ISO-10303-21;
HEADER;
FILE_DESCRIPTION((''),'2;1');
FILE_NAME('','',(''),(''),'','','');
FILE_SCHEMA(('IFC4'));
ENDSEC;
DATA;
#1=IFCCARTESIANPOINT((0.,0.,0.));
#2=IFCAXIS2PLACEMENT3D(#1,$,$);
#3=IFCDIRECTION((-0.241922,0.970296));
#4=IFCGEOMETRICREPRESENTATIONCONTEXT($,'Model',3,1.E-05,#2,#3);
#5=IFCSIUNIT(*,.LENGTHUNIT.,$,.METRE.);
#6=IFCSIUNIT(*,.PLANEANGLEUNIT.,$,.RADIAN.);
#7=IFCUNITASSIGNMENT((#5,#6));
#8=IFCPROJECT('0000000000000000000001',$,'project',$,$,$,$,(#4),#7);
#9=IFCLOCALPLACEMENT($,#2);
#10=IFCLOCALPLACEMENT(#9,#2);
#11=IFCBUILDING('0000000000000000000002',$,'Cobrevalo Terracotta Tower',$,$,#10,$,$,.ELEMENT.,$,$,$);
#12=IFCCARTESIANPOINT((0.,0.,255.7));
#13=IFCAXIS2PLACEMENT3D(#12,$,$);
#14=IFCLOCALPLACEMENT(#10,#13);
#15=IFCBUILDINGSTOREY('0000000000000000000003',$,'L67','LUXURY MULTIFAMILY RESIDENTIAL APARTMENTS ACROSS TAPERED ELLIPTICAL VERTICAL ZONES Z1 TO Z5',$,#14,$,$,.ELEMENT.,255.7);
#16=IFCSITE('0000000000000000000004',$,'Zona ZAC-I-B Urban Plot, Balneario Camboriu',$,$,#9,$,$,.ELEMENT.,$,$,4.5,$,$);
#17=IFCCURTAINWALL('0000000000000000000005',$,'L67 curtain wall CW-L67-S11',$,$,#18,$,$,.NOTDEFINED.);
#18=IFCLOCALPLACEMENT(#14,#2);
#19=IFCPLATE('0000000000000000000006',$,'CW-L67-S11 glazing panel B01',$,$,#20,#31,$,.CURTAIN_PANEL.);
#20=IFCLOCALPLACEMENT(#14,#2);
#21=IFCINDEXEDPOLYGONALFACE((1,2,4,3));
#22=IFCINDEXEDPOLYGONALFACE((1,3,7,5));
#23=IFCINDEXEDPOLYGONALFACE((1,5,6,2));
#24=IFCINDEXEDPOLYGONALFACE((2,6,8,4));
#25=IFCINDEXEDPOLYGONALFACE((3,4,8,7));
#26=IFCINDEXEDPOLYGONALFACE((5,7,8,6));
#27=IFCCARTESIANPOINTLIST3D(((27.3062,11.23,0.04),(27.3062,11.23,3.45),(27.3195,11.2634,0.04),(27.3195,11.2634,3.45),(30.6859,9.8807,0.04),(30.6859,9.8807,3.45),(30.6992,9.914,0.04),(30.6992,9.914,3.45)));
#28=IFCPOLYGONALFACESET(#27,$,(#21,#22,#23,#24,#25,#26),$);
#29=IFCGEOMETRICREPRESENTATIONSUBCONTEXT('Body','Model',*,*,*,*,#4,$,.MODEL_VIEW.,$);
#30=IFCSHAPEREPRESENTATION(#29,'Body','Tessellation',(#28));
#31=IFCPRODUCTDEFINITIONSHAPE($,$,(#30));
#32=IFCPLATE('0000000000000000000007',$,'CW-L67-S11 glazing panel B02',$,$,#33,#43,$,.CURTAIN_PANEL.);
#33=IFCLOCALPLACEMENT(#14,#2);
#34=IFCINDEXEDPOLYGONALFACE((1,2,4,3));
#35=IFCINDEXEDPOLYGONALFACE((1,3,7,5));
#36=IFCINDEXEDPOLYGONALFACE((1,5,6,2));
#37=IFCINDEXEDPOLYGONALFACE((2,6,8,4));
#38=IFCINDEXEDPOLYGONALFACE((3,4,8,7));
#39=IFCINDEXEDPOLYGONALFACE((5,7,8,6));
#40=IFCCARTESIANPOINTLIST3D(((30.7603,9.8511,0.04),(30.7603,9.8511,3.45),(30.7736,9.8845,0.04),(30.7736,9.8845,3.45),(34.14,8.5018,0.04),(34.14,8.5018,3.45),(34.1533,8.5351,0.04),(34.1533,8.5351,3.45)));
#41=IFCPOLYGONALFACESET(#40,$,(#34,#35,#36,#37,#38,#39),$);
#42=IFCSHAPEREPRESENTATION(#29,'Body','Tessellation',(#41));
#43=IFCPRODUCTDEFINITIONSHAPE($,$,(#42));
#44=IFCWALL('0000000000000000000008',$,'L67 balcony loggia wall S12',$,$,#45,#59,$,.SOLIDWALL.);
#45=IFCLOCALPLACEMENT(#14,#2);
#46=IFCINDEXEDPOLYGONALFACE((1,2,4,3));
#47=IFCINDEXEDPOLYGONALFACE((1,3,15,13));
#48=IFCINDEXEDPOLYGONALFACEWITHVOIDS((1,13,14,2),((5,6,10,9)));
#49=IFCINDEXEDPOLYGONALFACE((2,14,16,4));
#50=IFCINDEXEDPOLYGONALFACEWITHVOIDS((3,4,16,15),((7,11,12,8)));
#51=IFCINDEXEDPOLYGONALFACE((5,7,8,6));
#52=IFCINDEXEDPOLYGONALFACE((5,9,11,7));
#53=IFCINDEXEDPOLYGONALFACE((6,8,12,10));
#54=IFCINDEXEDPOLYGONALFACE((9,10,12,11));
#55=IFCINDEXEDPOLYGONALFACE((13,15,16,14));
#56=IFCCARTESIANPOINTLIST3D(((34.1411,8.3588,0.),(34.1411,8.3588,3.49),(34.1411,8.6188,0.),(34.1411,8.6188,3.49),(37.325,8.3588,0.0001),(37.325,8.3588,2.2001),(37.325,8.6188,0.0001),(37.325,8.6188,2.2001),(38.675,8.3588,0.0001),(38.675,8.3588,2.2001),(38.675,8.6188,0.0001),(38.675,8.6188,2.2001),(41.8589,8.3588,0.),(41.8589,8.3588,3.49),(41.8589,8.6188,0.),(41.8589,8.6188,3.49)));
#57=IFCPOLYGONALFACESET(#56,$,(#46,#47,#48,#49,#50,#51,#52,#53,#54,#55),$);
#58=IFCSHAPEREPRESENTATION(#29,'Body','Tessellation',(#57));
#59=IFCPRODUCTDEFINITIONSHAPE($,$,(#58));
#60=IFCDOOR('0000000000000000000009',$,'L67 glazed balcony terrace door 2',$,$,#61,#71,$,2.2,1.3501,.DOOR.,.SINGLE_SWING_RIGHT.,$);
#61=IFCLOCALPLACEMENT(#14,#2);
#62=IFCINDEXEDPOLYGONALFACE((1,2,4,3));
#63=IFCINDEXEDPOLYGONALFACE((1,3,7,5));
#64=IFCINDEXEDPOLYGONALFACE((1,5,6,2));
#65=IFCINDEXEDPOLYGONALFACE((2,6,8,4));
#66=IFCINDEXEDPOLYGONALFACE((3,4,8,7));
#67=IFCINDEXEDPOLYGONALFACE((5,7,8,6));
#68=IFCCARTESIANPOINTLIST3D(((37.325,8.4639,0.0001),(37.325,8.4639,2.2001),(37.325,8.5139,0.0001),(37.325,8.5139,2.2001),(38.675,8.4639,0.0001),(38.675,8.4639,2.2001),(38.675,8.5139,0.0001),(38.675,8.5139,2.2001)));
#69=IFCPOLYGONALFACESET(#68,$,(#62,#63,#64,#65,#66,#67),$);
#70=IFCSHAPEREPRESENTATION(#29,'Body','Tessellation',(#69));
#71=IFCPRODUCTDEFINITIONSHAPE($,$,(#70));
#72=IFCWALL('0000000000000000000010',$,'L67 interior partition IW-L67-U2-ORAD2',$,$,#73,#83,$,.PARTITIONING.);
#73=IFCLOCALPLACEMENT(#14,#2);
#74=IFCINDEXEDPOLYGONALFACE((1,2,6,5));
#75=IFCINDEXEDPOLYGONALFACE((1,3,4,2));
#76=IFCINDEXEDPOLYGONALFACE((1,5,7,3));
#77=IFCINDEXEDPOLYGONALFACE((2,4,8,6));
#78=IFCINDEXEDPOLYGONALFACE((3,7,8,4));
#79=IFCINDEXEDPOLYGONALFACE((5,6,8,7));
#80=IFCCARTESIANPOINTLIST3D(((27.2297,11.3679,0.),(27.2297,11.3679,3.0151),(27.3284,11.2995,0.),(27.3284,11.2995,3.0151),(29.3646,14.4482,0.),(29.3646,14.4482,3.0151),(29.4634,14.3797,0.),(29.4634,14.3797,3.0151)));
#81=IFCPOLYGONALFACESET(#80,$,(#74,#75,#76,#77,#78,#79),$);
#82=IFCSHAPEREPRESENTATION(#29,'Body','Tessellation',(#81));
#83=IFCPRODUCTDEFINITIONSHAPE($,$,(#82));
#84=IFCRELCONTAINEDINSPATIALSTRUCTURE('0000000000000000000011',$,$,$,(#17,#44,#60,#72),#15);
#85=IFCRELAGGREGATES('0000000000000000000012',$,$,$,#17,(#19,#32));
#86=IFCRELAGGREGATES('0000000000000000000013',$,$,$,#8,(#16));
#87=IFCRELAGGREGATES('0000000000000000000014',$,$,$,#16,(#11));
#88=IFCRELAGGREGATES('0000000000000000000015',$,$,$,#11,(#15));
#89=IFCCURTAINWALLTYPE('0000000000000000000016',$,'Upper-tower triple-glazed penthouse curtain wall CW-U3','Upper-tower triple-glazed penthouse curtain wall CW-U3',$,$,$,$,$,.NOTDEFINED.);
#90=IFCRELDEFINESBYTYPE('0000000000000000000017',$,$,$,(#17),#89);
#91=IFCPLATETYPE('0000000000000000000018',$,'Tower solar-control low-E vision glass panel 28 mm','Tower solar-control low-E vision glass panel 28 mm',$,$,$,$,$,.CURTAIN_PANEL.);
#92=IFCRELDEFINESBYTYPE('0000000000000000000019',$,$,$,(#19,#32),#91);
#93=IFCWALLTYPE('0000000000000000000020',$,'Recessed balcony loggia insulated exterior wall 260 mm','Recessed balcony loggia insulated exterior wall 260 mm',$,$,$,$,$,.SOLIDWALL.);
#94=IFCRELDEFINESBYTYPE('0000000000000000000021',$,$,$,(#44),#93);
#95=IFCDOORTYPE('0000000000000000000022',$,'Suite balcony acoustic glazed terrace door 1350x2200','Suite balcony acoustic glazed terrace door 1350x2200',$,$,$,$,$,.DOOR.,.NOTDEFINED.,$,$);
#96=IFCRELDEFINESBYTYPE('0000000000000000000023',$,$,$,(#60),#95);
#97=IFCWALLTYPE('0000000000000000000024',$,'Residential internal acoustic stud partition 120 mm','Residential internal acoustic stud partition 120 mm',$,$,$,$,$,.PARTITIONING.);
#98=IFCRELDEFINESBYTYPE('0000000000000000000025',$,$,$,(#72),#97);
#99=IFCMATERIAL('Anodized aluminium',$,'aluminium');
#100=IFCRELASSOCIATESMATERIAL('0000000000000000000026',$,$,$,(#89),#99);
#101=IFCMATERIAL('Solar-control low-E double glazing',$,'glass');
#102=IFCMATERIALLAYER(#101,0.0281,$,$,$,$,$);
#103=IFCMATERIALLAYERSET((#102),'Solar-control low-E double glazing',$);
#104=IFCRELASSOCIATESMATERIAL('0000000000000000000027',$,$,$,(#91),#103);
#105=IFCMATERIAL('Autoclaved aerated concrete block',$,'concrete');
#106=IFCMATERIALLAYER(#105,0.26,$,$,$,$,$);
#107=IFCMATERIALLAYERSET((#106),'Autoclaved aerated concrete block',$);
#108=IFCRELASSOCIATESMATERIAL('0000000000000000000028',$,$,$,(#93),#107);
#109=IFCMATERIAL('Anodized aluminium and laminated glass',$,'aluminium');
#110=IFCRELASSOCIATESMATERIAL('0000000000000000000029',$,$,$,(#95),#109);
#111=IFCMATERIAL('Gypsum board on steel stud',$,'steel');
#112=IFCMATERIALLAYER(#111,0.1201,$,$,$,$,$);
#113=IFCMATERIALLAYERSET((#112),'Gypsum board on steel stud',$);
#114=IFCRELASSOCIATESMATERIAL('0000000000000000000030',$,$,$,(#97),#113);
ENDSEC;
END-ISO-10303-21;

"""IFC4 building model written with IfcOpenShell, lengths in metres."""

from ifc_helpers import new_model, si_unit, direction, frame, frame_2d, origin, origin_2d, place, context, subcontext, project, spatial, rectangle, extrude, source, transform, mapped, material, layer, layer_set, type_object, element, fill, aggregate, save


model = new_model("IFC4")

# Units and contexts
model_context = context("Model", 3, precision=1e-05, world=origin(), true_north=direction((-0.241922, 0.970296)))
body_context = subcontext(model_context, "Body", "Model", "MODEL_VIEW")
ifc_project = project(units=[si_unit("LENGTHUNIT", "METRE"), si_unit("PLANEANGLEUNIT", "RADIAN")], contexts=[model_context])

# Site, building, storey
site_placement = place(None, origin())
site = spatial("IfcSite", under=ifc_project, at=site_placement, Name="Zona ZAC-I-B Urban Plot, Balneario Camboriu", CompositionType="ELEMENT", RefElevation=4.5)
building_placement = place(site_placement, origin())
building = spatial("IfcBuilding", under=site, at=building_placement, Name="Cobrevalo Terracotta Tower", CompositionType="ELEMENT")
storey_placement = place(building_placement, frame((0.0, 0.0, 255.7)))
storey = spatial("IfcBuildingStorey", under=building, at=storey_placement, Name="L67", Description="LUXURY MULTIFAMILY RESIDENTIAL APARTMENTS ACROSS TAPERED ELLIPTICAL VERTICAL ZONES Z1 TO Z5", CompositionType="ELEMENT", Elevation=255.7)

# Shared definitions
ifc_material_1 = material(Name="Anodized aluminium", Category="aluminium")
curtain_wall_type = type_object("IfcCurtainWallType", Name="Upper-tower triple-glazed penthouse curtain wall CW-U3", Description="Upper-tower triple-glazed penthouse curtain wall CW-U3", PredefinedType="NOTDEFINED", material=ifc_material_1)

# Curtain wall
curtain_wall_1_placement = place(storey_placement, origin())
curtain_wall_1 = element("IfcCurtainWall", 1, at=curtain_wall_1_placement, inside=storey, type_object=curtain_wall_type, Name="L67 curtain wall CW-L67-S11", PredefinedType="NOTDEFINED")

# Plates
ifc_material_2 = material(Name="Solar-control low-E double glazing", Category="glass")
ifc_layer_1 = layer(ifc_material_2, 0.0281)
ifc_layer_set_1 = layer_set([ifc_layer_1], Name="Solar-control low-E double glazing")
plate_type = type_object("IfcPlateType", Name="Tower solar-control low-E vision glass panel 28 mm", Description="Tower solar-control low-E vision glass panel 28 mm", PredefinedType="CURTAIN_PANEL", material=ifc_layer_set_1)
shared_shape_1 = source(origin(), body_context, "Body", "SweptSolid", [
    extrude(rectangle(XDim=3.6392, YDim=0.0359, at=origin_2d()), origin(), (0.0, 0.0, 1.0), 3.4099),
])
plate_1_placement = place(storey_placement, frame((29.0027, 10.572, 0.04), z_axis=(0.0, 0.0, 1.0), x_axis=(0.928718, -0.370786, 0.0)))
plate_1 = element("IfcPlate", 2, at=plate_1_placement, type_object=plate_type, Name="CW-L67-S11 glazing panel B01", PredefinedType="CURTAIN_PANEL", context=body_context, shape_type="MappedRepresentation", body=[
    mapped(shared_shape_1, transform((0.0, 0.0, 0.0), scale=1.0)),
])
plate_2_placement = place(storey_placement, frame((32.4568, 9.1931, 0.04), z_axis=(0.0, 0.0, 1.0), x_axis=(0.928718, -0.370786, 0.0)))
plate_2 = element("IfcPlate", 3, at=plate_2_placement, type_object=plate_type, Name="CW-L67-S11 glazing panel B02", PredefinedType="CURTAIN_PANEL", context=body_context, shape_type="MappedRepresentation", body=[
    mapped(shared_shape_1, transform((0.0, 0.0, 0.0), scale=1.0)),
])
aggregate(curtain_wall_1, [plate_1, plate_2])

# Wall, opening, door
ifc_material_3 = material(Name="Autoclaved aerated concrete block", Category="concrete")
ifc_layer_2 = layer(ifc_material_3, 0.26)
ifc_layer_set_2 = layer_set([ifc_layer_2], Name="Autoclaved aerated concrete block")
wall_type_1 = type_object("IfcWallType", Name="Recessed balcony loggia insulated exterior wall 260 mm", Description="Recessed balcony loggia insulated exterior wall 260 mm", PredefinedType="SOLIDWALL", material=ifc_layer_set_2)
wall_1_placement = place(storey_placement, frame((34.1411, 8.4888, 0.0), z_axis=(0.0, 0.0, 1.0), x_axis=(1.0, 0.0, 0.0)))
wall_1 = element("IfcWall", 4, at=wall_1_placement, inside=storey, type_object=wall_type_1, Name="L67 balcony loggia wall S12", PredefinedType="SOLIDWALL", context=body_context, shape_type="SweptSolid", body=[
    extrude(rectangle(XDim=7.7178, YDim=0.26, at=frame_2d((3.8589, 0.0))), origin(), (0.0, 0.0, 1.0), 3.49),
])
opening_placement = place(wall_1_placement, frame((3.1838, 0.0, 0.0)))
opening = element("IfcOpeningElement", 5, at=opening_placement, cuts=wall_1, PredefinedType="OPENING", context=body_context, shape_type="SweptSolid", body=[
    extrude(rectangle(XDim=1.3501, YDim=2.2, at=frame_2d((0.675, 1.1001))), frame((0.0, 0.1401, 0.0), z_axis=(0.0, -1.0, 0.0), x_axis=(1.0, 0.0, 0.0)), (0.0, 0.0, 1.0), 0.28),
])
ifc_material_4 = material(Name="Anodized aluminium and laminated glass", Category="aluminium")
door_type = type_object("IfcDoorType", Name="Suite balcony acoustic glazed terrace door 1350x2200", Description="Suite balcony acoustic glazed terrace door 1350x2200", OperationType="NOTDEFINED", PredefinedType="DOOR", material=ifc_material_4)
shared_shape_2 = source(origin(), body_context, "Body", "SweptSolid", [
    extrude(rectangle(XDim=1.3501, YDim=2.2, at=frame_2d((0.675, 1.1001))), frame((0.0, 0.0249, 0.0), z_axis=(0.0, -1.0, 0.0), x_axis=(1.0, 0.0, 0.0)), (0.0, 0.0, 1.0), 0.05),
])
door_placement = place(opening_placement, frame((1.3501, 0.0, 0.0), z_axis=(0.0, 0.0, 1.0), x_axis=(-1.0, 0.0, 0.0)))
door = element("IfcDoor", 6, at=door_placement, inside=storey, type_object=door_type, Name="L67 glazed balcony terrace door 2", OperationType="SINGLE_SWING_RIGHT", OverallHeight=2.2, OverallWidth=1.3501, PredefinedType="DOOR", context=body_context, shape_type="MappedRepresentation", body=[
    mapped(shared_shape_2, transform((0.0, 0.0, 0.0), scale=1.0)),
])
fill(opening, door)

# Wall
ifc_material_5 = material(Name="Gypsum board on steel stud", Category="steel")
ifc_layer_3 = layer(ifc_material_5, 0.1201)
ifc_layer_set_3 = layer_set([ifc_layer_3], Name="Gypsum board on steel stud")
wall_type_2 = type_object("IfcWallType", Name="Residential internal acoustic stud partition 120 mm", Description="Residential internal acoustic stud partition 120 mm", PredefinedType="PARTITIONING", material=ifc_layer_set_3)
wall_2_placement = place(storey_placement, frame((29.4141, 14.4141, 0.0), z_axis=(0.0, 0.0, 1.0), x_axis=(-0.569657, -0.821883, 0.0)))
element("IfcWall", 7, at=wall_2_placement, inside=storey, type_object=wall_type_2, Name="L67 interior partition IW-L67-U2-ORAD2", PredefinedType="PARTITIONING", context=body_context, shape_type="SweptSolid", body=[
    extrude(rectangle(XDim=3.7478, YDim=0.1201, at=frame_2d((1.874, 0.0))), origin(), (0.0, 0.0, 1.0), 3.0151),
])

save(model, "model.ifc")
